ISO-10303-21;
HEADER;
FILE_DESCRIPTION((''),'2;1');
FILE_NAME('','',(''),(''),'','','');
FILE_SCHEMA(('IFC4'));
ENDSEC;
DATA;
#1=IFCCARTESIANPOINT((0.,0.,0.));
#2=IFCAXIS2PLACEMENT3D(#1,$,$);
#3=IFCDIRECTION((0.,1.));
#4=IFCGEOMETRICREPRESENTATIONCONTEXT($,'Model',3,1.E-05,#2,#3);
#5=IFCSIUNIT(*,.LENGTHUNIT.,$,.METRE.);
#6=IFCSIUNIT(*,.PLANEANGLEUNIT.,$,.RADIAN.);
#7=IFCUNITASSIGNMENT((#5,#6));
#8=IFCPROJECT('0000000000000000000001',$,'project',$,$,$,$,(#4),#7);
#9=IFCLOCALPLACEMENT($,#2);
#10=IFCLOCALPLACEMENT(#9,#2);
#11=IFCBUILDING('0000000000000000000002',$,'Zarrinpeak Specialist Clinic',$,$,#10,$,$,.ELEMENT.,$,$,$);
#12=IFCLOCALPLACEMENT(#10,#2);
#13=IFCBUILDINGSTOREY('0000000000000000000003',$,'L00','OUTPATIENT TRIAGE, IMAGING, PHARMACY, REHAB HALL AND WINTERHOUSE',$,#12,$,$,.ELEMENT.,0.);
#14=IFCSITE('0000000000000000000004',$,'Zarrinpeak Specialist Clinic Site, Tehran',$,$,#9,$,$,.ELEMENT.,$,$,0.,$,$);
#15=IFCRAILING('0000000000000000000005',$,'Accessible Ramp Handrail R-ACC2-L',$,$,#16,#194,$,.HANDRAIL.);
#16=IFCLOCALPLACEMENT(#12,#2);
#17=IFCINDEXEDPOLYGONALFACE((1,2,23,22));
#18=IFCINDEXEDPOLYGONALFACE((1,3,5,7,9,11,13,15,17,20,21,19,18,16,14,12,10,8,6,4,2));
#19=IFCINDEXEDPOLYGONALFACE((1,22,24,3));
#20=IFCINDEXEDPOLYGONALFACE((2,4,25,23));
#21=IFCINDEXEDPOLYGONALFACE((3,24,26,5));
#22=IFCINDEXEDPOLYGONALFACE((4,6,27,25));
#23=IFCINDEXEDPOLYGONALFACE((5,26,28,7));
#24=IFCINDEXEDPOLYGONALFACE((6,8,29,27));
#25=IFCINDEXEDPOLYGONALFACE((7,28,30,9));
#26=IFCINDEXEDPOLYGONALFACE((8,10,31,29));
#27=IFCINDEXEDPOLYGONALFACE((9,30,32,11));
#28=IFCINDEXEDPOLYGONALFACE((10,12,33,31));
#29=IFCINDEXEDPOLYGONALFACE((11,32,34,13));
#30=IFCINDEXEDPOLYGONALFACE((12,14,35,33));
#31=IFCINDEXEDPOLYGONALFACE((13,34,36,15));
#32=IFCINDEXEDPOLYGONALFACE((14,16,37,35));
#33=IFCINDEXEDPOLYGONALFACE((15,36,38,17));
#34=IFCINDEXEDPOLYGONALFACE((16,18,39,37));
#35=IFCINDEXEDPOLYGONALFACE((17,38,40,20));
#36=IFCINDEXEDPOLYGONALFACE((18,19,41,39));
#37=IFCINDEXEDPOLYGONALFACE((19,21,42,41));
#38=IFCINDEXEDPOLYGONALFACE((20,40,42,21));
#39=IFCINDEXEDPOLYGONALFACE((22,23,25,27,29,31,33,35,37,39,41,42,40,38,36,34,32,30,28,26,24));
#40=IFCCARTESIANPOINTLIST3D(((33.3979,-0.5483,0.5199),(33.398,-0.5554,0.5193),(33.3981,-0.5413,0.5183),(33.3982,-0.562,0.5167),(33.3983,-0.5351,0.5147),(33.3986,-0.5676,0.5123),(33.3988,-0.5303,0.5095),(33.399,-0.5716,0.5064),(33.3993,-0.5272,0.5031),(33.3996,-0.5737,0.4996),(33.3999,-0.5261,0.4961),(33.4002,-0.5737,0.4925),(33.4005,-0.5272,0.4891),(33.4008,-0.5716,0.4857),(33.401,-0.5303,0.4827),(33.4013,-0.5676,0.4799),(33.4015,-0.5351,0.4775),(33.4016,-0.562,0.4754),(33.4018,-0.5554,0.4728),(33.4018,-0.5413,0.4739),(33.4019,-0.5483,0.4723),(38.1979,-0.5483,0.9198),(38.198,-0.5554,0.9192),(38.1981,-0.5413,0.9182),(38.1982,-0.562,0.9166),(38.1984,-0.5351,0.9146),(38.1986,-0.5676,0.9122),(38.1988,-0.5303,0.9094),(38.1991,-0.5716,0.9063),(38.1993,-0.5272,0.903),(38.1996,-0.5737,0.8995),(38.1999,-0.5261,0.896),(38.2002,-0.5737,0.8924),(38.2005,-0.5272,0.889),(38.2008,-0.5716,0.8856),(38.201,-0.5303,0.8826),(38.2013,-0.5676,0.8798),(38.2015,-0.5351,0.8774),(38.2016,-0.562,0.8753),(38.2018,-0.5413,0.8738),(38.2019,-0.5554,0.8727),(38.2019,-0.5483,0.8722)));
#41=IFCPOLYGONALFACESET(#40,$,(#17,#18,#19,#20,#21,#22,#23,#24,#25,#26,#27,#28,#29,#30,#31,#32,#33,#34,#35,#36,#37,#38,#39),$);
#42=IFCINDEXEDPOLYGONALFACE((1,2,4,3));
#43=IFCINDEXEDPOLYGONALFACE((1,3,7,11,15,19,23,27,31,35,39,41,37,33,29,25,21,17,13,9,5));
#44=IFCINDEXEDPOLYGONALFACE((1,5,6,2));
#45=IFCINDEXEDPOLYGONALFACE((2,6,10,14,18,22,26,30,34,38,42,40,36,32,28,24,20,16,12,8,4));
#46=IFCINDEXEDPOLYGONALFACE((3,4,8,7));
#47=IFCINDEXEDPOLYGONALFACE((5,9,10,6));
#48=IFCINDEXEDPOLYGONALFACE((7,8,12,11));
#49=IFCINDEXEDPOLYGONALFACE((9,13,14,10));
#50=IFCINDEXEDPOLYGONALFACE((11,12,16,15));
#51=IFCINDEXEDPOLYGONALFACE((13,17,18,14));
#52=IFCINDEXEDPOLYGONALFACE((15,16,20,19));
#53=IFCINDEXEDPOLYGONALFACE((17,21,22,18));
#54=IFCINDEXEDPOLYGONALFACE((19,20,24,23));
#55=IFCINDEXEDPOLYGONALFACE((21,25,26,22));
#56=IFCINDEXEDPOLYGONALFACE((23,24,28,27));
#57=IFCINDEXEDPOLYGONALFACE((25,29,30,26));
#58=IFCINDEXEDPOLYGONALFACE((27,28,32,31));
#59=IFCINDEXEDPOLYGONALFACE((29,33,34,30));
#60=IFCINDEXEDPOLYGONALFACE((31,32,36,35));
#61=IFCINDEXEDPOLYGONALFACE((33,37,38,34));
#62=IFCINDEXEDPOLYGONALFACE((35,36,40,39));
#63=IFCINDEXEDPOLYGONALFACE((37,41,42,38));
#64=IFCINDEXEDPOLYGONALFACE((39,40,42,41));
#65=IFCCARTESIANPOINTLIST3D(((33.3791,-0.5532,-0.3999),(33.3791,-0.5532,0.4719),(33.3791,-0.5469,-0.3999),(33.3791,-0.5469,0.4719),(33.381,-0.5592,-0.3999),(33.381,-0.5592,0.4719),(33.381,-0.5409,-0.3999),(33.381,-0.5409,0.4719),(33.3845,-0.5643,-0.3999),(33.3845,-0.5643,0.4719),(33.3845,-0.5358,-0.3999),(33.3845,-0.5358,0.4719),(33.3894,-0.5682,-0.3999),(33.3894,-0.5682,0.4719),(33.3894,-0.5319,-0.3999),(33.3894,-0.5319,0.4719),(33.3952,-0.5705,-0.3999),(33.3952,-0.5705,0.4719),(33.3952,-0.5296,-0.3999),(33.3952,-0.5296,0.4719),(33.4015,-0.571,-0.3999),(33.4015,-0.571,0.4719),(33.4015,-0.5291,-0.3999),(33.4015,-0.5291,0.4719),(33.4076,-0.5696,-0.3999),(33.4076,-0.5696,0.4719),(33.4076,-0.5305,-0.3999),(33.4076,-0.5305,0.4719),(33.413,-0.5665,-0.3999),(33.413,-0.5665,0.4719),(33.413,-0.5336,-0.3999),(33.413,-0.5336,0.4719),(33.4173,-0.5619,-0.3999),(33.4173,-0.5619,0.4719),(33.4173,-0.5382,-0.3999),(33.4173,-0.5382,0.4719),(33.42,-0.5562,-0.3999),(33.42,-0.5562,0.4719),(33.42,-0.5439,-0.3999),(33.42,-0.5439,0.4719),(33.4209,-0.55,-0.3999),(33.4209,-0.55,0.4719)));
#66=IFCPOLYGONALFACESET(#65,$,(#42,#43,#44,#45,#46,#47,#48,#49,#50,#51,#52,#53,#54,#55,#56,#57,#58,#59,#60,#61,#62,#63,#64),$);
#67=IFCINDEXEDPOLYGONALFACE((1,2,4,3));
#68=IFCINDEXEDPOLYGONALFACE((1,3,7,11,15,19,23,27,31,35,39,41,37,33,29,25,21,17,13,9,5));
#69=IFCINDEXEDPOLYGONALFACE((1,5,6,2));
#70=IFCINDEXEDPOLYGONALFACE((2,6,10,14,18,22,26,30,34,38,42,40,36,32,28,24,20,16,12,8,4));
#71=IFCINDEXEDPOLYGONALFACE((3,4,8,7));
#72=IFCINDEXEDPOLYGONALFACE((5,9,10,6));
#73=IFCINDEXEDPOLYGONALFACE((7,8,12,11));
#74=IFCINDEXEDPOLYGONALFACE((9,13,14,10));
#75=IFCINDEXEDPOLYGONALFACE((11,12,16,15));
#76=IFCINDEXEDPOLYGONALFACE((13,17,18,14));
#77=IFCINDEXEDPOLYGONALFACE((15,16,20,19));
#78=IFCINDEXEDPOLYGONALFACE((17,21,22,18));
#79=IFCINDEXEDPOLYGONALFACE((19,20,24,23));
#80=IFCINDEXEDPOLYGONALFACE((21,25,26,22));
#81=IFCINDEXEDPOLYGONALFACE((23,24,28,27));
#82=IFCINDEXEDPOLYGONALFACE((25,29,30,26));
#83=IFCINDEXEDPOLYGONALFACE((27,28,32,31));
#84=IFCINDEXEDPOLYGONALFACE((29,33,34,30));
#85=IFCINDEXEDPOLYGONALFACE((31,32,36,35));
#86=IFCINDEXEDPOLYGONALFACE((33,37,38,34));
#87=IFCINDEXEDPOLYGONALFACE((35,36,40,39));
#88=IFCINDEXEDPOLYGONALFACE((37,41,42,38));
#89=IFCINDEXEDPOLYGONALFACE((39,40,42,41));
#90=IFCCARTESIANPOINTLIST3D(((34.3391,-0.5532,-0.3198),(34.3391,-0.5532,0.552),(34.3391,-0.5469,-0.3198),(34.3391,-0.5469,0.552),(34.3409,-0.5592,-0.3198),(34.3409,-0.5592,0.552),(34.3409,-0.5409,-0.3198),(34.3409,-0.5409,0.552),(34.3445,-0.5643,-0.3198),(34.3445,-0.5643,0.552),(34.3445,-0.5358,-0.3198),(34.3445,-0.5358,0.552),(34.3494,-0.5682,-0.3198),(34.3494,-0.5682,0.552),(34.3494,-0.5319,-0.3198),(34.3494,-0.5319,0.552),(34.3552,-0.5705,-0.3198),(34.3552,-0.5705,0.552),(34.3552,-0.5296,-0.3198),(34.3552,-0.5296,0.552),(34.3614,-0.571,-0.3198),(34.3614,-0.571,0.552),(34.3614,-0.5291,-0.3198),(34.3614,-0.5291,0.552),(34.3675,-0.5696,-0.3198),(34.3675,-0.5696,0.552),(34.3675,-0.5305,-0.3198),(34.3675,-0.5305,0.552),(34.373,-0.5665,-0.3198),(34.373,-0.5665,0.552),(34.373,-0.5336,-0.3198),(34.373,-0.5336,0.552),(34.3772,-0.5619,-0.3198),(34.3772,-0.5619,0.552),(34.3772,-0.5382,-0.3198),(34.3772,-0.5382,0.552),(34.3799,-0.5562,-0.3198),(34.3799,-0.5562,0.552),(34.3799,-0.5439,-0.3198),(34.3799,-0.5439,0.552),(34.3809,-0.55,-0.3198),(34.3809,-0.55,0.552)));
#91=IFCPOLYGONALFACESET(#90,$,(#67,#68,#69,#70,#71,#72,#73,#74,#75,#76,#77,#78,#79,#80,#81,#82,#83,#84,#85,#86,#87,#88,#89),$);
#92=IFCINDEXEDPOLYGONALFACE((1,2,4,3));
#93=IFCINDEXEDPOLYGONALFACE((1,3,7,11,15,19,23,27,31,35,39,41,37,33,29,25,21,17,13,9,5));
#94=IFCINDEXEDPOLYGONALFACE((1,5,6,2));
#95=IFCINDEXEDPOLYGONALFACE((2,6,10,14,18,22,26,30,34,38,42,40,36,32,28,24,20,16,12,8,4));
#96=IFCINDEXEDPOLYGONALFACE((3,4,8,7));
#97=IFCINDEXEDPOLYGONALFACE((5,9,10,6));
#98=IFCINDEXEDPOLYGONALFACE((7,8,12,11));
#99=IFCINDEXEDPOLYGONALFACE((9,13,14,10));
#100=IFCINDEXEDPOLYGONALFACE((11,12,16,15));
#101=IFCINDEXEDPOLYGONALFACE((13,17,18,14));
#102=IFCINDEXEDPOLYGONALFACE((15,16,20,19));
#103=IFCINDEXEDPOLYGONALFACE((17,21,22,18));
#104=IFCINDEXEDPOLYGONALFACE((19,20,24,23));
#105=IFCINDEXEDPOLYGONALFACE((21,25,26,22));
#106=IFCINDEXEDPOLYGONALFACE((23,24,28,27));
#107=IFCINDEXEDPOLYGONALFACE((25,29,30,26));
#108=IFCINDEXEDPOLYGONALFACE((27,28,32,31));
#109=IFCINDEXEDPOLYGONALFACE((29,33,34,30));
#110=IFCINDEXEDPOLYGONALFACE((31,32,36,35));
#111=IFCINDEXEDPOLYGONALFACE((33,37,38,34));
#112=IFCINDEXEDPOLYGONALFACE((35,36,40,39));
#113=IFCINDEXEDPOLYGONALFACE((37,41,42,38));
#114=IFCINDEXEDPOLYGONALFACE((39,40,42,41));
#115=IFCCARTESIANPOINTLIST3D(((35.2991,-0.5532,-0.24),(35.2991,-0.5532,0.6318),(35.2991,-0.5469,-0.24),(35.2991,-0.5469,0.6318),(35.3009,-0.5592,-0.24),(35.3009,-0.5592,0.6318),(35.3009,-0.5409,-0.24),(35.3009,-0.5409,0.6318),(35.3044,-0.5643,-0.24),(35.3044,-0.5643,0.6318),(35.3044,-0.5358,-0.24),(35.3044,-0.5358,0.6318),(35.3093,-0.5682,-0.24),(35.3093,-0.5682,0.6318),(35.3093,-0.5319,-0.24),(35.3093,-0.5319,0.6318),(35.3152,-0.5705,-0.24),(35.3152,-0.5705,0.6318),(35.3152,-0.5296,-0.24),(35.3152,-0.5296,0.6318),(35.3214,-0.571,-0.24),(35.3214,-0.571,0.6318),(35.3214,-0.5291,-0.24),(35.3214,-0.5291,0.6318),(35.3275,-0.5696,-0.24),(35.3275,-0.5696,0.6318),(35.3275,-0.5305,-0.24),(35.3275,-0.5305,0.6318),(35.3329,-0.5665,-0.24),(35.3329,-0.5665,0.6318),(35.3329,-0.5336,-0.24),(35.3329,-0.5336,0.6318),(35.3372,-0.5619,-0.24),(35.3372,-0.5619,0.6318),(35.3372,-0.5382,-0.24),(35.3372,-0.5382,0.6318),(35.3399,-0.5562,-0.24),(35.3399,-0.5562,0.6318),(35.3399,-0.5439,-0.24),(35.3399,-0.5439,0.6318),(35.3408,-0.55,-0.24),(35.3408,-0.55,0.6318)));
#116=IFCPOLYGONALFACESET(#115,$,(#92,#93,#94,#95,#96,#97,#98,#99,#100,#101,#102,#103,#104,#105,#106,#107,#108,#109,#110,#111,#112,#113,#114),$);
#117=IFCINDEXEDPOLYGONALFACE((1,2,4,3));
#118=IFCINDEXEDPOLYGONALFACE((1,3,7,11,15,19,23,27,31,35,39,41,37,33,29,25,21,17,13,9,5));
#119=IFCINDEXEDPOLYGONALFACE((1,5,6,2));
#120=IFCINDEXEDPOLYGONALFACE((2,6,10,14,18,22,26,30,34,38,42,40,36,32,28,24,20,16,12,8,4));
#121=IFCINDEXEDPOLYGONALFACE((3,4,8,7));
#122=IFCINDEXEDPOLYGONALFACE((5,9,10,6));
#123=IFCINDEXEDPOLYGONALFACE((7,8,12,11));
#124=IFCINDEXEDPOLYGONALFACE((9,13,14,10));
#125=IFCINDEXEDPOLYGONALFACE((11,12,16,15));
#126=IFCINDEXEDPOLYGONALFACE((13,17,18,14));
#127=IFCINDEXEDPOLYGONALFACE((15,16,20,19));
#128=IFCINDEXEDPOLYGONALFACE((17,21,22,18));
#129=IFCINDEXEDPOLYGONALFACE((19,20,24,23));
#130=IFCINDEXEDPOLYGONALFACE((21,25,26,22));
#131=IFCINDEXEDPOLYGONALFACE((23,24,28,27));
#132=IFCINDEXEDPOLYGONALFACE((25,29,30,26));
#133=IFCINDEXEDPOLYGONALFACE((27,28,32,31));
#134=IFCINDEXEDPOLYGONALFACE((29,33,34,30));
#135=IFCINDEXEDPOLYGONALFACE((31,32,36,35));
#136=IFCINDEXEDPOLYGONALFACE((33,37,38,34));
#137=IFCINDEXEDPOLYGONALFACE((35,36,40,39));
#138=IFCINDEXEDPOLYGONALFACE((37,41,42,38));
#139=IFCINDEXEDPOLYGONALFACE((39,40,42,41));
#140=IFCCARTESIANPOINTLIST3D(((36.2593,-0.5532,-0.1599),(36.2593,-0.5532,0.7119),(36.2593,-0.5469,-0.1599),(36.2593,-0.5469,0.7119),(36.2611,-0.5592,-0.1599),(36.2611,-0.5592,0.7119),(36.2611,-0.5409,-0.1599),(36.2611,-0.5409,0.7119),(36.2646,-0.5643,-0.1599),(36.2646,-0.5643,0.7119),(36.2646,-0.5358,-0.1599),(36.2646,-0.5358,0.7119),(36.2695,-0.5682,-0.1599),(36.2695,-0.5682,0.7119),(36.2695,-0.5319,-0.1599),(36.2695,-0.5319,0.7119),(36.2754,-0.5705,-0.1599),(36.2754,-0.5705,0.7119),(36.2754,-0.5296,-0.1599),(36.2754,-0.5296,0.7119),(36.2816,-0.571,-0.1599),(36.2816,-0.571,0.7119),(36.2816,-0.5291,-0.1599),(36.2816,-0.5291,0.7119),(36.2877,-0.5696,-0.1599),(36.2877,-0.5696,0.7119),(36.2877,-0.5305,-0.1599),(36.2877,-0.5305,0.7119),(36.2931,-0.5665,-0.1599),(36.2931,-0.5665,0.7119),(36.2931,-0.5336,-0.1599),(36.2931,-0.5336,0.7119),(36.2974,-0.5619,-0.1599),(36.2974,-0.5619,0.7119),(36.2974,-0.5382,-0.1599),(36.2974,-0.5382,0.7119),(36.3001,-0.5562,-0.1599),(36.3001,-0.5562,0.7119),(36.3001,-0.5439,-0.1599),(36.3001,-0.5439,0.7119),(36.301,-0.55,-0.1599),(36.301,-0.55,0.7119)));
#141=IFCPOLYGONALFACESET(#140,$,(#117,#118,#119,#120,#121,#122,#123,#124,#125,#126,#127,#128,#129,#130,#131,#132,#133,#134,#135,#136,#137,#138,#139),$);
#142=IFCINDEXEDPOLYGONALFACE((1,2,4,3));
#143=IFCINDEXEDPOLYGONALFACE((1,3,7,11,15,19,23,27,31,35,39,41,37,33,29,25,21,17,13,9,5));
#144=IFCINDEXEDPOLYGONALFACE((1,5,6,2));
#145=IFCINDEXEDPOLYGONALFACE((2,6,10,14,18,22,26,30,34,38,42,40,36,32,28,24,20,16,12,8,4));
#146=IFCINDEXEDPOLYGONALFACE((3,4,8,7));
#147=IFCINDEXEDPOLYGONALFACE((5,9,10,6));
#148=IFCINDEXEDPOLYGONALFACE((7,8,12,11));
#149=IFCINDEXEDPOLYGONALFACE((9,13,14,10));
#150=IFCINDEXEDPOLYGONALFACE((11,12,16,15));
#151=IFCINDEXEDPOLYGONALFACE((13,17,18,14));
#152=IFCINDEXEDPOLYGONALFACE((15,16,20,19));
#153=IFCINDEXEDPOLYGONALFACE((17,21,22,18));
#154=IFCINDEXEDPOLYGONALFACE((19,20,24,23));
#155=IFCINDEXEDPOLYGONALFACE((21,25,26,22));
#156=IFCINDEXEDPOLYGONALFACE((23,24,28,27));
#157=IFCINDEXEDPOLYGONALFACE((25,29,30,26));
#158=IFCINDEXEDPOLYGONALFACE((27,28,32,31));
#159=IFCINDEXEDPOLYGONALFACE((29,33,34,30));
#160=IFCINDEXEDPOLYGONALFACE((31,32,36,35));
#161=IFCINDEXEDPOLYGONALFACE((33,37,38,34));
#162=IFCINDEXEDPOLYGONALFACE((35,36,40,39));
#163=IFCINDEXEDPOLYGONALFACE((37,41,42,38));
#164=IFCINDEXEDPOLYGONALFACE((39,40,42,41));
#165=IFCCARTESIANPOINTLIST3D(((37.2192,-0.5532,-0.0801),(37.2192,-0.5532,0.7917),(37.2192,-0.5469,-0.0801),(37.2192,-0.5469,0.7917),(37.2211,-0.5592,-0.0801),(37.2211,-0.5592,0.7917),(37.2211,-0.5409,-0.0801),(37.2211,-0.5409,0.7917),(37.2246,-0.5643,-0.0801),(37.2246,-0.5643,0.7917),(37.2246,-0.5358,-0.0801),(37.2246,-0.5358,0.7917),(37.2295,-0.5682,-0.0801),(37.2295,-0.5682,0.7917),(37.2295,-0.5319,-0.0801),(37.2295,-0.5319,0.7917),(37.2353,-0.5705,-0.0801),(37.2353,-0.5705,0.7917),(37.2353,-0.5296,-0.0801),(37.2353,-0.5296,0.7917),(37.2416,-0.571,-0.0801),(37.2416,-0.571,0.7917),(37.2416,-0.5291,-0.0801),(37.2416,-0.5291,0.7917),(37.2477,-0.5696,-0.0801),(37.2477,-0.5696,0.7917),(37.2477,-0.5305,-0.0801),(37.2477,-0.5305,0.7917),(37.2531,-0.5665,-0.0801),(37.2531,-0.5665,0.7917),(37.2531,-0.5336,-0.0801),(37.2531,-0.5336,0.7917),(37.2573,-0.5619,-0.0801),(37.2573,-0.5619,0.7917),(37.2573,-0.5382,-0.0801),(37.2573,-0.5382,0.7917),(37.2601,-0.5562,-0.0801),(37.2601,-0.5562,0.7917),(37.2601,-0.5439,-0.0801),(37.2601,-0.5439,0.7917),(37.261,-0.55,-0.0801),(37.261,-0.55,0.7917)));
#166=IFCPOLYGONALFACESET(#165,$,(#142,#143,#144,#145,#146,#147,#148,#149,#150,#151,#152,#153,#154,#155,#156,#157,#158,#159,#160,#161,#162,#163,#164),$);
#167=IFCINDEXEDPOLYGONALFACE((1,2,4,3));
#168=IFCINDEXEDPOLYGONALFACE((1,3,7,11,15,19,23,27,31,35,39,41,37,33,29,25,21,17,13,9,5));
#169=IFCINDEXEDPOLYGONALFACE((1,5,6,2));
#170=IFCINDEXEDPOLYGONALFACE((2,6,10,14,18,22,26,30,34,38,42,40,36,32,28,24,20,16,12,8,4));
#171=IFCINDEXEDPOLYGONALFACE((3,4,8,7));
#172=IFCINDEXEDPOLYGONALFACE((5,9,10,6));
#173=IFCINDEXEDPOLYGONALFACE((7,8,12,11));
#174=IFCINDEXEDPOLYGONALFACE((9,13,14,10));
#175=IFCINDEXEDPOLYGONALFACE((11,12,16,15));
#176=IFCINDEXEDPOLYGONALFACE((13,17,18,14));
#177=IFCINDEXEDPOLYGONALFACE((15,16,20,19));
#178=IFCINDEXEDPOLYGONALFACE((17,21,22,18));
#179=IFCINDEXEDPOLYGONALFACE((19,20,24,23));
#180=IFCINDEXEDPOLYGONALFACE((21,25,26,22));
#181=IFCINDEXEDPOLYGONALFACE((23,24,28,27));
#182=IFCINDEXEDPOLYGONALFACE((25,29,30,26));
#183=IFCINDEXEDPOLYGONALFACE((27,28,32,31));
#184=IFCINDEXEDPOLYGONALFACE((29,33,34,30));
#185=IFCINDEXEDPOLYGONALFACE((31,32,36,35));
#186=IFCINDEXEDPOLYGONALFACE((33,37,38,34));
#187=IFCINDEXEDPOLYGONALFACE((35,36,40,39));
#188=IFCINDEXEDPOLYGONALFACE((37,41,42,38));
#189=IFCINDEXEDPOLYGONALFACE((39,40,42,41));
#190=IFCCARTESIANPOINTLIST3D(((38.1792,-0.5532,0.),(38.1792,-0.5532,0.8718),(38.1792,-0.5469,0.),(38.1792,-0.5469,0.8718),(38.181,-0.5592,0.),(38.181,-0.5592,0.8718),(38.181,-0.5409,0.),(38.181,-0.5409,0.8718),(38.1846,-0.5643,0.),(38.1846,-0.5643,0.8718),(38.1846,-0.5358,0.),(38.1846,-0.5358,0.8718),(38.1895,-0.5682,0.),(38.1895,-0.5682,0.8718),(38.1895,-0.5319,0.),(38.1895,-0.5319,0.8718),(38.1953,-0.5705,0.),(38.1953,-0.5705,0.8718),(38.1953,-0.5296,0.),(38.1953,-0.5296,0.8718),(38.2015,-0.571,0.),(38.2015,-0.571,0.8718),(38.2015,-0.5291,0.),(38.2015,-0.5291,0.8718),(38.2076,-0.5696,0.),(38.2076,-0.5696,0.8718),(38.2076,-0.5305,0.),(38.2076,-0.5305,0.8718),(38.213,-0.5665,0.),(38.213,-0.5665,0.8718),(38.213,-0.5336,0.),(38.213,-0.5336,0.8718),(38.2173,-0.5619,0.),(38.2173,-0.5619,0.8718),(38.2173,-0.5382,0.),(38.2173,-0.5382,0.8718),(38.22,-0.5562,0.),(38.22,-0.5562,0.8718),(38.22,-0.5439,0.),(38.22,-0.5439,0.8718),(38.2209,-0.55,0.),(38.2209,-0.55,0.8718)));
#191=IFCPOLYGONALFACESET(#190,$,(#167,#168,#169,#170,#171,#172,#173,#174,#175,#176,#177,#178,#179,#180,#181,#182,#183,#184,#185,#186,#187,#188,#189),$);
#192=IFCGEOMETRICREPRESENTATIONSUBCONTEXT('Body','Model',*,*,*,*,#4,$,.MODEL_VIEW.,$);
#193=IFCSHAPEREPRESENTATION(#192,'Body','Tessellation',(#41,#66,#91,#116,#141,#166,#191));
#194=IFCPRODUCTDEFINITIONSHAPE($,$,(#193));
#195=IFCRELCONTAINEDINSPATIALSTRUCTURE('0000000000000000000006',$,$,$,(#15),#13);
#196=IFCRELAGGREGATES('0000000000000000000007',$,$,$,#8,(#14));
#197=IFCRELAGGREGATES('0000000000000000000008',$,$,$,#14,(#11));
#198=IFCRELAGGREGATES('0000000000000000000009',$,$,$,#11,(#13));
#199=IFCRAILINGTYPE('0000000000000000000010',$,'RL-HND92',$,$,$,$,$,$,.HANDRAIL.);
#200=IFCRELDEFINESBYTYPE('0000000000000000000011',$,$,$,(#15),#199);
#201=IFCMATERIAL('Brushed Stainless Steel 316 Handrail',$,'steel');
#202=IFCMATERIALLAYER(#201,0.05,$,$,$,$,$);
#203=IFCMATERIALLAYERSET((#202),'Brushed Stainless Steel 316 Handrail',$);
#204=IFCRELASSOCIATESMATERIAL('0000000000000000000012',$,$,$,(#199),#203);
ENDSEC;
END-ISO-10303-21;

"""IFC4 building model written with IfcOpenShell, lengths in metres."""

from ifc_helpers import new_model, si_unit, direction, frame, origin, origin_2d, place, context, subcontext, project, spatial, circle, extrude, material, layer, layer_set, type_object, element, save


model = new_model("IFC4")

# Units and contexts
model_context = context("Model", 3, precision=1e-05, world=origin(), true_north=direction((0.0, 1.0)))
body_context = subcontext(model_context, "Body", "Model", "MODEL_VIEW")
ifc_project = project(units=[si_unit("LENGTHUNIT", "METRE"), si_unit("PLANEANGLEUNIT", "RADIAN")], contexts=[model_context])

# Site, building, storey
site_placement = place(None, origin())
site = spatial("IfcSite", under=ifc_project, at=site_placement, Name="Zarrinpeak Specialist Clinic Site, Tehran", CompositionType="ELEMENT", RefElevation=0.0)
building_placement = place(site_placement, origin())
building = spatial("IfcBuilding", under=site, at=building_placement, Name="Zarrinpeak Specialist Clinic", CompositionType="ELEMENT")
storey_placement = place(building_placement, origin())
storey = spatial("IfcBuildingStorey", under=building, at=storey_placement, Name="L00", Description="OUTPATIENT TRIAGE, IMAGING, PHARMACY, REHAB HALL AND WINTERHOUSE", CompositionType="ELEMENT", Elevation=0.0)

# Railing
ifc_material_1 = material(Name="Brushed Stainless Steel 316 Handrail", Category="steel")
ifc_layer_1 = layer(ifc_material_1, 0.05)
ifc_layer_set_1 = layer_set([ifc_layer_1], Name="Brushed Stainless Steel 316 Handrail")
railing_type_1 = type_object("IfcRailingType", Name="RL-HND92", PredefinedType="HANDRAIL", material=ifc_layer_set_1)
for number, where, name in (
    (1, (33.3999, -0.55, -0.3999), "Accessible Ramp Handrail R-ACC2-L"),
):
    element("IfcRailing", number, at=place(storey_placement, frame(where)), inside=storey, type_object=railing_type_1, Name=name, PredefinedType="HANDRAIL", context=body_context, shape_type="SweptSolid", body=[
        extrude(circle(Radius=0.0239, at=origin_2d()), frame((0.0, 0.0, 0.896), z_axis=(0.996548, 0.0, 0.083025), x_axis=(0.0, 1.0, 0.0)), (0.0, 0.0, 1.0), 4.8167),
        extrude(circle(Radius=0.021, at=origin_2d()), origin(), (0.0, 0.0, 1.0), 0.8718),
        extrude(circle(Radius=0.021, at=origin_2d()), frame((0.96, 0.0, 0.0801)), (0.0, 0.0, 1.0), 0.8718),
        extrude(circle(Radius=0.021, at=origin_2d()), frame((1.9199, 0.0, 0.1599)), (0.0, 0.0, 1.0), 0.8718),
        extrude(circle(Radius=0.021, at=origin_2d()), frame((2.8801, 0.0, 0.24)), (0.0, 0.0, 1.0), 0.8718),
        extrude(circle(Radius=0.021, at=origin_2d()), frame((3.8401, 0.0, 0.3198)), (0.0, 0.0, 1.0), 0.8718),
        extrude(circle(Radius=0.021, at=origin_2d()), frame((4.8, 0.0, 0.3999)), (0.0, 0.0, 1.0), 0.8718),
    ])

save(model, "model.ifc")
